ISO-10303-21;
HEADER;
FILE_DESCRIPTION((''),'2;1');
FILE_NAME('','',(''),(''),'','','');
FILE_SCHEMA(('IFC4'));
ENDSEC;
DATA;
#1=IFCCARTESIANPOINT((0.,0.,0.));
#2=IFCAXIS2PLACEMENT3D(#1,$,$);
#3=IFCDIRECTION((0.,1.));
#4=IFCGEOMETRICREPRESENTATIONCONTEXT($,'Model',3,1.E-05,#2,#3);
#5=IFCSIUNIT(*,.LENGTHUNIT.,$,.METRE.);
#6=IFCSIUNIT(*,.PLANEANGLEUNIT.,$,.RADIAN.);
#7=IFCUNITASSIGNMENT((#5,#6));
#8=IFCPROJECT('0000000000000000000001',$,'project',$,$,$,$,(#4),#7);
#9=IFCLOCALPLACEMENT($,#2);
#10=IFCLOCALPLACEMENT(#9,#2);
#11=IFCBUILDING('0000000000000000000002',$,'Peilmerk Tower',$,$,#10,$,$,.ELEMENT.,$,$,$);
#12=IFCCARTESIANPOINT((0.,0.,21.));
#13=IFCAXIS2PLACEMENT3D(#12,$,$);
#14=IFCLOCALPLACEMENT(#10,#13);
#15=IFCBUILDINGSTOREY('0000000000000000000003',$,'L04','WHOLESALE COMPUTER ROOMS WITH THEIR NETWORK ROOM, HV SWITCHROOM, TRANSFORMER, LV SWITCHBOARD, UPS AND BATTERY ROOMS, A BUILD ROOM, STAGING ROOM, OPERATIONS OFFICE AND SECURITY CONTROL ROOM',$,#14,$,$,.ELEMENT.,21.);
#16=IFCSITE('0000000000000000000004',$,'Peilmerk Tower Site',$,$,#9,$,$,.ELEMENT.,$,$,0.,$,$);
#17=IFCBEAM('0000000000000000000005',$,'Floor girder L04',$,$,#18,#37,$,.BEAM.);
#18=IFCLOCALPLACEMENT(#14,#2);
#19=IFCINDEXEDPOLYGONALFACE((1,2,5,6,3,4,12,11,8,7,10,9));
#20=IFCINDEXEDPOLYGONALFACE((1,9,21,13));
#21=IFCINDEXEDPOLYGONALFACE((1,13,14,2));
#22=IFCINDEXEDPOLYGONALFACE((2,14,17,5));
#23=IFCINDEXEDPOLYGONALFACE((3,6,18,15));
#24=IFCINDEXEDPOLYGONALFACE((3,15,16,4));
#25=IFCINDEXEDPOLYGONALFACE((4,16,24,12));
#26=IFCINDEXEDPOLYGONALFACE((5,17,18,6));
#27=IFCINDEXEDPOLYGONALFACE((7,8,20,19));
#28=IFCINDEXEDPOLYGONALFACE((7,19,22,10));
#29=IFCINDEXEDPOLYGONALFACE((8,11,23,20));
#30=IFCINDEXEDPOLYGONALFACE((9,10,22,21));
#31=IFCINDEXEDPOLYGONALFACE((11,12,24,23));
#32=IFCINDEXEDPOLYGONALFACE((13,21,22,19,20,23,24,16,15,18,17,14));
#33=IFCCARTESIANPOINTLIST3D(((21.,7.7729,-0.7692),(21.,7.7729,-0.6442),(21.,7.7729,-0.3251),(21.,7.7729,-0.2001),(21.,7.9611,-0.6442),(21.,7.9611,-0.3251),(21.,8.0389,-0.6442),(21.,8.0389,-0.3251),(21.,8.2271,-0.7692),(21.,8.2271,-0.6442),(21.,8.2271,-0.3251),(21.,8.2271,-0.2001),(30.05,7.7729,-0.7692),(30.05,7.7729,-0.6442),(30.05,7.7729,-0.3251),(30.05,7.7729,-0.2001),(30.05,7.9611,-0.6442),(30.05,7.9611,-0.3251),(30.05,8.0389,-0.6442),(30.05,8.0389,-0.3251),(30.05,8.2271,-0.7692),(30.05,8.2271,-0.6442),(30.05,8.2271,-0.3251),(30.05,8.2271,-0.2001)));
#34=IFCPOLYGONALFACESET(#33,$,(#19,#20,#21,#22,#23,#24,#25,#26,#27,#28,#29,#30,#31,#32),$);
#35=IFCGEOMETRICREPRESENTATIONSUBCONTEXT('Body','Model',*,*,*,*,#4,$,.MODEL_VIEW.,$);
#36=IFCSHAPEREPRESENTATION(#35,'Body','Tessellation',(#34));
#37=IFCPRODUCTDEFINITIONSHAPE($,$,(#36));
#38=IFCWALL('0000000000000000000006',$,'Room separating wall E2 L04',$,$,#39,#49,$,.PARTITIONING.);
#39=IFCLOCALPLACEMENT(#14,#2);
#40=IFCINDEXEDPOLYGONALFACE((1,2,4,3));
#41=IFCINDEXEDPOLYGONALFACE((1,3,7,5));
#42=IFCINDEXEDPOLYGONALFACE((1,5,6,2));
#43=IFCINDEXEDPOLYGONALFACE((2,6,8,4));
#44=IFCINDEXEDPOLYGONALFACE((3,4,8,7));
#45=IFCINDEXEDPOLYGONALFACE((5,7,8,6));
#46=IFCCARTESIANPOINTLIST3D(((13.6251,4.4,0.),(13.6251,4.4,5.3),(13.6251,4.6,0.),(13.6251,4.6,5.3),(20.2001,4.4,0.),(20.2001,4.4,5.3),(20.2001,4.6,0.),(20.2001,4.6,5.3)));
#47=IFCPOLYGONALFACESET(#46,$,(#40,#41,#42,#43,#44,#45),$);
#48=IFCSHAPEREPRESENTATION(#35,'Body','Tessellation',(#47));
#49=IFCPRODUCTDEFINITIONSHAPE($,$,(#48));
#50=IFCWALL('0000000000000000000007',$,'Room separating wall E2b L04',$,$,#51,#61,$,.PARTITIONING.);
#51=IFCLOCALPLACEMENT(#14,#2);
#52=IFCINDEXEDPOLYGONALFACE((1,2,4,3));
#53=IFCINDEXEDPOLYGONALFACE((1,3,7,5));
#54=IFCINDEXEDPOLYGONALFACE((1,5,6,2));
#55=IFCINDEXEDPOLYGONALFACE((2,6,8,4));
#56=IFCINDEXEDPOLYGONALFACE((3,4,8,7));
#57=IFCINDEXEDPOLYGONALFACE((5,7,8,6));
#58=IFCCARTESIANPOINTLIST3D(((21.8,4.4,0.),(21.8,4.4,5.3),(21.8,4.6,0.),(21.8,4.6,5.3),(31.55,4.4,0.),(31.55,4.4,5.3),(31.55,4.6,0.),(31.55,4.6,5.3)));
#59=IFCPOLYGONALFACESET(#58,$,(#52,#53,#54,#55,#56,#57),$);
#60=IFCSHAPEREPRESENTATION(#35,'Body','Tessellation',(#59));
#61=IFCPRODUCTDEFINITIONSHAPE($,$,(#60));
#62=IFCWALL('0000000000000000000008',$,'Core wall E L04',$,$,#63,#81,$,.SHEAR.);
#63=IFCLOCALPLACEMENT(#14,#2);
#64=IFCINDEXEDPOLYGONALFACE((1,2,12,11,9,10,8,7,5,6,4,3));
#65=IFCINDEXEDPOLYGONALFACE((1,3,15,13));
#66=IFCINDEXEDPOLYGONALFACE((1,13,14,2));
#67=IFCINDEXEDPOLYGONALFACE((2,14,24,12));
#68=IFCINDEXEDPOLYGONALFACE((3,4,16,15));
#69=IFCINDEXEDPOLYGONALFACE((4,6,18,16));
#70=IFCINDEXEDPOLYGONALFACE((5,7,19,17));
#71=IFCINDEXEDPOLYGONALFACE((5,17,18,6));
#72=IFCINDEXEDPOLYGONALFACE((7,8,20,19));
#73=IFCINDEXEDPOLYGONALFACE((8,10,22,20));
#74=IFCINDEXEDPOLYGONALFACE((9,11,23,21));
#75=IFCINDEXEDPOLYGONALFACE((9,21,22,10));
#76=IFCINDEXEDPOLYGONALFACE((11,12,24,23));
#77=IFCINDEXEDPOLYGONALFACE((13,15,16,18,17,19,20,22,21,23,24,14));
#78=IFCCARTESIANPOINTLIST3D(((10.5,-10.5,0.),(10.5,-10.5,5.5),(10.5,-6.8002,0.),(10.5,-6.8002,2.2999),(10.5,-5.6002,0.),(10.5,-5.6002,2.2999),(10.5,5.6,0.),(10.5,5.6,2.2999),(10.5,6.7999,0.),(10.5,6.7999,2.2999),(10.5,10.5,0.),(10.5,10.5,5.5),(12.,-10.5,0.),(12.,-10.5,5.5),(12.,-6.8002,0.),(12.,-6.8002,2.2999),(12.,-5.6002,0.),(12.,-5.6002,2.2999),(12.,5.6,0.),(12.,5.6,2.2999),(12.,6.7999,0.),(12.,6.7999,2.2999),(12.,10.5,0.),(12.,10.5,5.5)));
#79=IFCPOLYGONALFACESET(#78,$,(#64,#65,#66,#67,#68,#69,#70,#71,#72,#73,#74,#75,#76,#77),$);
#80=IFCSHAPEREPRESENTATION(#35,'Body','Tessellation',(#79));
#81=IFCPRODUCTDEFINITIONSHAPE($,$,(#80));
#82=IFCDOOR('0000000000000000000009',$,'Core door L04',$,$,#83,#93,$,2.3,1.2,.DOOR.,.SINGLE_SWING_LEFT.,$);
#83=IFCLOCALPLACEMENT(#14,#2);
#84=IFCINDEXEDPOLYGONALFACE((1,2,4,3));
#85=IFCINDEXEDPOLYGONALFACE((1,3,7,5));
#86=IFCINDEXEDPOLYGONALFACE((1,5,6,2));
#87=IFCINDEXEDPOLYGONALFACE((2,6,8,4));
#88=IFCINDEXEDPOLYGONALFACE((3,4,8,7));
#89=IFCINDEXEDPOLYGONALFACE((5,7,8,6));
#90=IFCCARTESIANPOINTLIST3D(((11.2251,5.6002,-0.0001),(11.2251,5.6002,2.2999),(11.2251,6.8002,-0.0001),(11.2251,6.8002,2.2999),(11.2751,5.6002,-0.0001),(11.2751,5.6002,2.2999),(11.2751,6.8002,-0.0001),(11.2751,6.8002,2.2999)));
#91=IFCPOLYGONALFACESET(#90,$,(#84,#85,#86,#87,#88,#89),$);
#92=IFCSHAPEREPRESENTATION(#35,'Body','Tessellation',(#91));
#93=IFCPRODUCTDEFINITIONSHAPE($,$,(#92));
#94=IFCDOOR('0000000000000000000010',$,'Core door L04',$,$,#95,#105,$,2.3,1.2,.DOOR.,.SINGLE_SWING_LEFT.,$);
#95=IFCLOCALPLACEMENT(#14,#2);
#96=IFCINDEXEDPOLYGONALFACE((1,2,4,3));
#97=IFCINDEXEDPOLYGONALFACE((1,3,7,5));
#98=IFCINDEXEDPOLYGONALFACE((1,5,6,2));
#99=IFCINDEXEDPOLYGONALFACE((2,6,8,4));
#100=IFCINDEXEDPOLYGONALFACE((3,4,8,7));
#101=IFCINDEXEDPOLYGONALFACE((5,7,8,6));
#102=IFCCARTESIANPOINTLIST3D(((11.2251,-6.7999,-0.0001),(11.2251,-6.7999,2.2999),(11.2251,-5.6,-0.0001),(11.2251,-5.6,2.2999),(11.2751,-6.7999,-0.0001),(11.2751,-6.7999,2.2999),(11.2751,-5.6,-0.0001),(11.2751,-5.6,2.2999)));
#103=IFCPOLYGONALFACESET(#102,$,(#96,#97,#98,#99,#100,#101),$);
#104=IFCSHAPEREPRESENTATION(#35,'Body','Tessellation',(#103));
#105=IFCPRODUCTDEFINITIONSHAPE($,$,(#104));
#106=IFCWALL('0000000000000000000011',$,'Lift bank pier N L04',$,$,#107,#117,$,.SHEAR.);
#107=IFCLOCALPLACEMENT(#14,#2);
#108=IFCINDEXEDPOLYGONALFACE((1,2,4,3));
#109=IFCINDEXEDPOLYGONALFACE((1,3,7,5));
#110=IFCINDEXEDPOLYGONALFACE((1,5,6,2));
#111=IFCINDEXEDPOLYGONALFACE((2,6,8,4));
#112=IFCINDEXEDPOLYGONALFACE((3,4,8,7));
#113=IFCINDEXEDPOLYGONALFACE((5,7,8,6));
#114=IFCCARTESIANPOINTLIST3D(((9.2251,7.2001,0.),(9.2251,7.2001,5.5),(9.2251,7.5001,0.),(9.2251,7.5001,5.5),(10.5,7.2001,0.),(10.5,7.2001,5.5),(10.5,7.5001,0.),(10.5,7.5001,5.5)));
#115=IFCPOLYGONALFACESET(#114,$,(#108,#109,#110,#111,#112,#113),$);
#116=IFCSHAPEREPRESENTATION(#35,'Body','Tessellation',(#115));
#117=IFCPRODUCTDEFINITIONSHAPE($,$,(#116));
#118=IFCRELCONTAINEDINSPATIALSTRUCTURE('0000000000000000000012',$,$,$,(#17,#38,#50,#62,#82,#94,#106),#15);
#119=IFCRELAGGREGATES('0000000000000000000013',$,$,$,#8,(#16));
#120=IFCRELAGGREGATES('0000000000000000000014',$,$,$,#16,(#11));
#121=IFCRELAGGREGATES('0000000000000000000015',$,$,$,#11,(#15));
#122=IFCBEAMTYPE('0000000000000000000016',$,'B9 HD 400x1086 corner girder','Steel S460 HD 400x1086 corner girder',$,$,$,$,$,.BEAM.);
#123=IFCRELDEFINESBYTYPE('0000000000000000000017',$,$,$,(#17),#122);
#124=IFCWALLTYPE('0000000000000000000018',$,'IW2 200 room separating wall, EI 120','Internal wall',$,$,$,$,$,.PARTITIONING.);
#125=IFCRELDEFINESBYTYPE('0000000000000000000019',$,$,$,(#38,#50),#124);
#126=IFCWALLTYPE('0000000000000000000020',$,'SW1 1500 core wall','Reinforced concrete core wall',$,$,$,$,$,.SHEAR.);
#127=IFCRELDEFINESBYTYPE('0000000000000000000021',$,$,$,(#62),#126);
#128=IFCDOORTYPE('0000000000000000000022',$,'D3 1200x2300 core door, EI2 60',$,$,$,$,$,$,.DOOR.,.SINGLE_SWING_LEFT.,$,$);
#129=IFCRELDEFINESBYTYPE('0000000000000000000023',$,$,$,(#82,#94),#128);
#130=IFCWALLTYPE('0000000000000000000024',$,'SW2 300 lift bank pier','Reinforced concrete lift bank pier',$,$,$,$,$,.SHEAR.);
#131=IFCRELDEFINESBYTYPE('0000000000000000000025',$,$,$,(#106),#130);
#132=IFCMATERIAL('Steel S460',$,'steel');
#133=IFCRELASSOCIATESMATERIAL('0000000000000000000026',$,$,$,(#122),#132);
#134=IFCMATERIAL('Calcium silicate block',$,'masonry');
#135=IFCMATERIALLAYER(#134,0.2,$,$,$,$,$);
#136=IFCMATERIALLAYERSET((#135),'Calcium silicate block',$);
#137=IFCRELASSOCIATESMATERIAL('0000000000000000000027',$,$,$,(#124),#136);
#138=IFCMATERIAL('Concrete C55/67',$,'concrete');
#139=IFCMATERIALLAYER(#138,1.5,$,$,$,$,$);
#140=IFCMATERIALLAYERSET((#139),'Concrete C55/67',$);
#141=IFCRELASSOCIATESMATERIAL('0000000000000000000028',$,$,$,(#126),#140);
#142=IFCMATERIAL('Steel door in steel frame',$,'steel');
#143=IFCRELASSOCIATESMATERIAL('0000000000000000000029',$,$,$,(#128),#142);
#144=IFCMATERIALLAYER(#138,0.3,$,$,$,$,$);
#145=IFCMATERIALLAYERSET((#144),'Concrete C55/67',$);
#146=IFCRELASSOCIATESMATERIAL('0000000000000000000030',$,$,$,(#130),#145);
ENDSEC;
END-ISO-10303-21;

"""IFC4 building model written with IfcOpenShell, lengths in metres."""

from ifc_helpers import new_model, si_unit, direction, frame, frame_2d, origin, origin_2d, place, context, subcontext, project, spatial, rectangle, i_section, extrude, material, layer, layer_set, material_profile, profile_set, type_object, element, fill, save


model = new_model("IFC4")

# Units and contexts
model_context = context("Model", 3, precision=1e-05, world=origin(), true_north=direction((0.0, 1.0)))
body_context = subcontext(model_context, "Body", "Model", "MODEL_VIEW")
ifc_project = project(units=[si_unit("LENGTHUNIT", "METRE"), si_unit("PLANEANGLEUNIT", "RADIAN")], contexts=[model_context])

# Site, building, storey
site_placement = place(None, origin())
site = spatial("IfcSite", under=ifc_project, at=site_placement, Name="Peilmerk Tower Site", CompositionType="ELEMENT", RefElevation=0.0)
building_placement = place(site_placement, origin())
building = spatial("IfcBuilding", under=site, at=building_placement, Name="Peilmerk Tower", CompositionType="ELEMENT")
storey_placement = place(building_placement, frame((0.0, 0.0, 21.0)))
storey = spatial("IfcBuildingStorey", under=building, at=storey_placement, Name="L04", Description="WHOLESALE COMPUTER ROOMS WITH THEIR NETWORK ROOM, HV SWITCHROOM, TRANSFORMER, LV SWITCHBOARD, UPS AND BATTERY ROOMS, A BUILD ROOM, STAGING ROOM, OPERATIONS OFFICE AND SECURITY CONTROL ROOM", CompositionType="ELEMENT", Elevation=21.0)

# Beam
ifc_material_1 = material(Name="Steel S460", Category="steel")
ifc_material_profile_1 = material_profile(ifc_material_1, i_section(OverallWidth=0.4541, OverallDepth=0.5691, WebThickness=0.0779, FlangeThickness=0.125, at=origin_2d()), Name="HD 400x1086")
ifc_profile_set_1 = profile_set([ifc_material_profile_1], Name="Steel S460")
beam_type_1 = type_object("IfcBeamType", Name="B9 HD 400x1086 corner girder", Description="Steel S460 HD 400x1086 corner girder", PredefinedType="BEAM", material=ifc_profile_set_1)
beam_1_placement = place(storey_placement, frame((21.0, 8.0, -0.4846), z_axis=(1.0, 0.0, 0.0), x_axis=(0.0, 1.0, 0.0)))
element("IfcBeam", 1, at=beam_1_placement, inside=storey, type_object=beam_type_1, Name="Floor girder L04", PredefinedType="BEAM", context=body_context, shape_type="SweptSolid", body=[
    extrude(i_section(OverallWidth=0.4541, OverallDepth=0.5691, WebThickness=0.0779, FlangeThickness=0.125, at=origin_2d()), origin(), (0.0, 0.0, 1.0), 9.05),
])

# Walls
ifc_material_2 = material(Name="Calcium silicate block", Category="masonry")
ifc_layer_1 = layer(ifc_material_2, 0.2)
ifc_layer_set_1 = layer_set([ifc_layer_1], Name="Calcium silicate block")
wall_type_1 = type_object("IfcWallType", Name="IW2 200 room separating wall, EI 120", Description="Internal wall", PredefinedType="PARTITIONING", material=ifc_layer_set_1)
wall_1_placement = place(storey_placement, frame((13.625, 4.5, 0.0), z_axis=(0.0, 0.0, 1.0), x_axis=(1.0, 0.0, 0.0)))
element("IfcWall", 2, at=wall_1_placement, inside=storey, type_object=wall_type_1, Name="Room separating wall E2 L04", PredefinedType="PARTITIONING", context=body_context, shape_type="SweptSolid", body=[
    extrude(rectangle(XDim=6.575, YDim=0.2, at=frame_2d((3.2876, 0.0))), origin(), (0.0, 0.0, 1.0), 5.3),
])
wall_2_placement = place(storey_placement, frame((21.8, 4.5, 0.0), z_axis=(0.0, 0.0, 1.0), x_axis=(1.0, 0.0, 0.0)))
element("IfcWall", 3, at=wall_2_placement, inside=storey, type_object=wall_type_1, Name="Room separating wall E2b L04", PredefinedType="PARTITIONING", context=body_context, shape_type="SweptSolid", body=[
    extrude(rectangle(XDim=9.75, YDim=0.2, at=frame_2d((4.875, 0.0))), origin(), (0.0, 0.0, 1.0), 5.3),
])

# Wall, openings, doors
ifc_material_3 = material(Name="Concrete C55/67", Category="concrete")
ifc_layer_2 = layer(ifc_material_3, 1.5)
ifc_layer_set_2 = layer_set([ifc_layer_2], Name="Concrete C55/67")
wall_type_2 = type_object("IfcWallType", Name="SW1 1500 core wall", Description="Reinforced concrete core wall", PredefinedType="SHEAR", material=ifc_layer_set_2)
wall_3_placement = place(storey_placement, frame((11.25, 10.5, 0.0), z_axis=(0.0, 0.0, 1.0), x_axis=(0.0, -1.0, 0.0)))
wall_3 = element("IfcWall", 4, at=wall_3_placement, inside=storey, type_object=wall_type_2, Name="Core wall E L04", PredefinedType="SHEAR", context=body_context, shape_type="SweptSolid", body=[
    extrude(rectangle(XDim=21.0, YDim=1.5, at=frame_2d((10.5, 0.0))), origin(), (0.0, 0.0, 1.0), 5.5),
])
opening_1_placement = place(wall_3_placement, frame((3.7, 0.0, 0.0)))
opening_1 = element("IfcOpeningElement", 5, at=opening_1_placement, cuts=wall_3, PredefinedType="OPENING", context=body_context, shape_type="SweptSolid", body=[
    extrude(rectangle(XDim=1.2, YDim=2.3, at=frame_2d((0.6001, 1.1499))), frame((0.0, 0.76, 0.0), z_axis=(0.0, -1.0, 0.0), x_axis=(1.0, 0.0, 0.0)), (0.0, 0.0, 1.0), 1.52),
])
opening_2_placement = place(wall_3_placement, frame((16.1001, 0.0, 0.0)))
opening_2 = element("IfcOpeningElement", 6, at=opening_2_placement, cuts=wall_3, PredefinedType="OPENING", context=body_context, shape_type="SweptSolid", body=[
    extrude(rectangle(XDim=1.2, YDim=2.3, at=frame_2d((0.6001, 1.1499))), frame((0.0, 0.76, 0.0), z_axis=(0.0, -1.0, 0.0), x_axis=(1.0, 0.0, 0.0)), (0.0, 0.0, 1.0), 1.52),
])
ifc_material_4 = material(Name="Steel door in steel frame", Category="steel")
door_type = type_object("IfcDoorType", Name="D3 1200x2300 core door, EI2 60", OperationType="SINGLE_SWING_LEFT", PredefinedType="DOOR", material=ifc_material_4)
door_1_placement = place(opening_1_placement, frame((1.2, 0.0, 0.0), z_axis=(0.0, 0.0, 1.0), x_axis=(-1.0, 0.0, 0.0)))
door_1 = element("IfcDoor", 7, at=door_1_placement, inside=storey, type_object=door_type, Name="Core door L04", OperationType="SINGLE_SWING_LEFT", OverallHeight=2.3, OverallWidth=1.2, PredefinedType="DOOR", context=body_context, shape_type="SweptSolid", body=[
    extrude(rectangle(XDim=1.2, YDim=2.3, at=frame_2d((0.6001, 1.1499))), frame((0.0, 0.0249, 0.0), z_axis=(0.0, -1.0, 0.0), x_axis=(1.0, 0.0, 0.0)), (0.0, 0.0, 1.0), 0.05),
])
fill(opening_1, door_1)
door_2_placement = place(opening_2_placement, frame((1.2, 0.0, 0.0), z_axis=(0.0, 0.0, 1.0), x_axis=(-1.0, 0.0, 0.0)))
door_2 = element("IfcDoor", 8, at=door_2_placement, inside=storey, type_object=door_type, Name="Core door L04", OperationType="SINGLE_SWING_LEFT", OverallHeight=2.3, OverallWidth=1.2, PredefinedType="DOOR", context=body_context, shape_type="SweptSolid", body=[
    extrude(rectangle(XDim=1.2, YDim=2.3, at=frame_2d((0.6001, 1.1499))), frame((0.0, 0.0249, 0.0), z_axis=(0.0, -1.0, 0.0), x_axis=(1.0, 0.0, 0.0)), (0.0, 0.0, 1.0), 0.05),
])
fill(opening_2, door_2)

# Wall
ifc_layer_3 = layer(ifc_material_3, 0.3)
ifc_layer_set_3 = layer_set([ifc_layer_3], Name="Concrete C55/67")
wall_type_3 = type_object("IfcWallType", Name="SW2 300 lift bank pier", Description="Reinforced concrete lift bank pier", PredefinedType="SHEAR", material=ifc_layer_set_3)
wall_4_placement = place(storey_placement, frame((9.2251, 7.3501, 0.0), z_axis=(0.0, 0.0, 1.0), x_axis=(1.0, 0.0, 0.0)))
element("IfcWall", 9, at=wall_4_placement, inside=storey, type_object=wall_type_3, Name="Lift bank pier N L04", PredefinedType="SHEAR", context=body_context, shape_type="SweptSolid", body=[
    extrude(rectangle(XDim=1.2749, YDim=0.3, at=frame_2d((0.6375, 0.0))), origin(), (0.0, 0.0, 1.0), 5.5),
])

save(model, "model.ifc")
